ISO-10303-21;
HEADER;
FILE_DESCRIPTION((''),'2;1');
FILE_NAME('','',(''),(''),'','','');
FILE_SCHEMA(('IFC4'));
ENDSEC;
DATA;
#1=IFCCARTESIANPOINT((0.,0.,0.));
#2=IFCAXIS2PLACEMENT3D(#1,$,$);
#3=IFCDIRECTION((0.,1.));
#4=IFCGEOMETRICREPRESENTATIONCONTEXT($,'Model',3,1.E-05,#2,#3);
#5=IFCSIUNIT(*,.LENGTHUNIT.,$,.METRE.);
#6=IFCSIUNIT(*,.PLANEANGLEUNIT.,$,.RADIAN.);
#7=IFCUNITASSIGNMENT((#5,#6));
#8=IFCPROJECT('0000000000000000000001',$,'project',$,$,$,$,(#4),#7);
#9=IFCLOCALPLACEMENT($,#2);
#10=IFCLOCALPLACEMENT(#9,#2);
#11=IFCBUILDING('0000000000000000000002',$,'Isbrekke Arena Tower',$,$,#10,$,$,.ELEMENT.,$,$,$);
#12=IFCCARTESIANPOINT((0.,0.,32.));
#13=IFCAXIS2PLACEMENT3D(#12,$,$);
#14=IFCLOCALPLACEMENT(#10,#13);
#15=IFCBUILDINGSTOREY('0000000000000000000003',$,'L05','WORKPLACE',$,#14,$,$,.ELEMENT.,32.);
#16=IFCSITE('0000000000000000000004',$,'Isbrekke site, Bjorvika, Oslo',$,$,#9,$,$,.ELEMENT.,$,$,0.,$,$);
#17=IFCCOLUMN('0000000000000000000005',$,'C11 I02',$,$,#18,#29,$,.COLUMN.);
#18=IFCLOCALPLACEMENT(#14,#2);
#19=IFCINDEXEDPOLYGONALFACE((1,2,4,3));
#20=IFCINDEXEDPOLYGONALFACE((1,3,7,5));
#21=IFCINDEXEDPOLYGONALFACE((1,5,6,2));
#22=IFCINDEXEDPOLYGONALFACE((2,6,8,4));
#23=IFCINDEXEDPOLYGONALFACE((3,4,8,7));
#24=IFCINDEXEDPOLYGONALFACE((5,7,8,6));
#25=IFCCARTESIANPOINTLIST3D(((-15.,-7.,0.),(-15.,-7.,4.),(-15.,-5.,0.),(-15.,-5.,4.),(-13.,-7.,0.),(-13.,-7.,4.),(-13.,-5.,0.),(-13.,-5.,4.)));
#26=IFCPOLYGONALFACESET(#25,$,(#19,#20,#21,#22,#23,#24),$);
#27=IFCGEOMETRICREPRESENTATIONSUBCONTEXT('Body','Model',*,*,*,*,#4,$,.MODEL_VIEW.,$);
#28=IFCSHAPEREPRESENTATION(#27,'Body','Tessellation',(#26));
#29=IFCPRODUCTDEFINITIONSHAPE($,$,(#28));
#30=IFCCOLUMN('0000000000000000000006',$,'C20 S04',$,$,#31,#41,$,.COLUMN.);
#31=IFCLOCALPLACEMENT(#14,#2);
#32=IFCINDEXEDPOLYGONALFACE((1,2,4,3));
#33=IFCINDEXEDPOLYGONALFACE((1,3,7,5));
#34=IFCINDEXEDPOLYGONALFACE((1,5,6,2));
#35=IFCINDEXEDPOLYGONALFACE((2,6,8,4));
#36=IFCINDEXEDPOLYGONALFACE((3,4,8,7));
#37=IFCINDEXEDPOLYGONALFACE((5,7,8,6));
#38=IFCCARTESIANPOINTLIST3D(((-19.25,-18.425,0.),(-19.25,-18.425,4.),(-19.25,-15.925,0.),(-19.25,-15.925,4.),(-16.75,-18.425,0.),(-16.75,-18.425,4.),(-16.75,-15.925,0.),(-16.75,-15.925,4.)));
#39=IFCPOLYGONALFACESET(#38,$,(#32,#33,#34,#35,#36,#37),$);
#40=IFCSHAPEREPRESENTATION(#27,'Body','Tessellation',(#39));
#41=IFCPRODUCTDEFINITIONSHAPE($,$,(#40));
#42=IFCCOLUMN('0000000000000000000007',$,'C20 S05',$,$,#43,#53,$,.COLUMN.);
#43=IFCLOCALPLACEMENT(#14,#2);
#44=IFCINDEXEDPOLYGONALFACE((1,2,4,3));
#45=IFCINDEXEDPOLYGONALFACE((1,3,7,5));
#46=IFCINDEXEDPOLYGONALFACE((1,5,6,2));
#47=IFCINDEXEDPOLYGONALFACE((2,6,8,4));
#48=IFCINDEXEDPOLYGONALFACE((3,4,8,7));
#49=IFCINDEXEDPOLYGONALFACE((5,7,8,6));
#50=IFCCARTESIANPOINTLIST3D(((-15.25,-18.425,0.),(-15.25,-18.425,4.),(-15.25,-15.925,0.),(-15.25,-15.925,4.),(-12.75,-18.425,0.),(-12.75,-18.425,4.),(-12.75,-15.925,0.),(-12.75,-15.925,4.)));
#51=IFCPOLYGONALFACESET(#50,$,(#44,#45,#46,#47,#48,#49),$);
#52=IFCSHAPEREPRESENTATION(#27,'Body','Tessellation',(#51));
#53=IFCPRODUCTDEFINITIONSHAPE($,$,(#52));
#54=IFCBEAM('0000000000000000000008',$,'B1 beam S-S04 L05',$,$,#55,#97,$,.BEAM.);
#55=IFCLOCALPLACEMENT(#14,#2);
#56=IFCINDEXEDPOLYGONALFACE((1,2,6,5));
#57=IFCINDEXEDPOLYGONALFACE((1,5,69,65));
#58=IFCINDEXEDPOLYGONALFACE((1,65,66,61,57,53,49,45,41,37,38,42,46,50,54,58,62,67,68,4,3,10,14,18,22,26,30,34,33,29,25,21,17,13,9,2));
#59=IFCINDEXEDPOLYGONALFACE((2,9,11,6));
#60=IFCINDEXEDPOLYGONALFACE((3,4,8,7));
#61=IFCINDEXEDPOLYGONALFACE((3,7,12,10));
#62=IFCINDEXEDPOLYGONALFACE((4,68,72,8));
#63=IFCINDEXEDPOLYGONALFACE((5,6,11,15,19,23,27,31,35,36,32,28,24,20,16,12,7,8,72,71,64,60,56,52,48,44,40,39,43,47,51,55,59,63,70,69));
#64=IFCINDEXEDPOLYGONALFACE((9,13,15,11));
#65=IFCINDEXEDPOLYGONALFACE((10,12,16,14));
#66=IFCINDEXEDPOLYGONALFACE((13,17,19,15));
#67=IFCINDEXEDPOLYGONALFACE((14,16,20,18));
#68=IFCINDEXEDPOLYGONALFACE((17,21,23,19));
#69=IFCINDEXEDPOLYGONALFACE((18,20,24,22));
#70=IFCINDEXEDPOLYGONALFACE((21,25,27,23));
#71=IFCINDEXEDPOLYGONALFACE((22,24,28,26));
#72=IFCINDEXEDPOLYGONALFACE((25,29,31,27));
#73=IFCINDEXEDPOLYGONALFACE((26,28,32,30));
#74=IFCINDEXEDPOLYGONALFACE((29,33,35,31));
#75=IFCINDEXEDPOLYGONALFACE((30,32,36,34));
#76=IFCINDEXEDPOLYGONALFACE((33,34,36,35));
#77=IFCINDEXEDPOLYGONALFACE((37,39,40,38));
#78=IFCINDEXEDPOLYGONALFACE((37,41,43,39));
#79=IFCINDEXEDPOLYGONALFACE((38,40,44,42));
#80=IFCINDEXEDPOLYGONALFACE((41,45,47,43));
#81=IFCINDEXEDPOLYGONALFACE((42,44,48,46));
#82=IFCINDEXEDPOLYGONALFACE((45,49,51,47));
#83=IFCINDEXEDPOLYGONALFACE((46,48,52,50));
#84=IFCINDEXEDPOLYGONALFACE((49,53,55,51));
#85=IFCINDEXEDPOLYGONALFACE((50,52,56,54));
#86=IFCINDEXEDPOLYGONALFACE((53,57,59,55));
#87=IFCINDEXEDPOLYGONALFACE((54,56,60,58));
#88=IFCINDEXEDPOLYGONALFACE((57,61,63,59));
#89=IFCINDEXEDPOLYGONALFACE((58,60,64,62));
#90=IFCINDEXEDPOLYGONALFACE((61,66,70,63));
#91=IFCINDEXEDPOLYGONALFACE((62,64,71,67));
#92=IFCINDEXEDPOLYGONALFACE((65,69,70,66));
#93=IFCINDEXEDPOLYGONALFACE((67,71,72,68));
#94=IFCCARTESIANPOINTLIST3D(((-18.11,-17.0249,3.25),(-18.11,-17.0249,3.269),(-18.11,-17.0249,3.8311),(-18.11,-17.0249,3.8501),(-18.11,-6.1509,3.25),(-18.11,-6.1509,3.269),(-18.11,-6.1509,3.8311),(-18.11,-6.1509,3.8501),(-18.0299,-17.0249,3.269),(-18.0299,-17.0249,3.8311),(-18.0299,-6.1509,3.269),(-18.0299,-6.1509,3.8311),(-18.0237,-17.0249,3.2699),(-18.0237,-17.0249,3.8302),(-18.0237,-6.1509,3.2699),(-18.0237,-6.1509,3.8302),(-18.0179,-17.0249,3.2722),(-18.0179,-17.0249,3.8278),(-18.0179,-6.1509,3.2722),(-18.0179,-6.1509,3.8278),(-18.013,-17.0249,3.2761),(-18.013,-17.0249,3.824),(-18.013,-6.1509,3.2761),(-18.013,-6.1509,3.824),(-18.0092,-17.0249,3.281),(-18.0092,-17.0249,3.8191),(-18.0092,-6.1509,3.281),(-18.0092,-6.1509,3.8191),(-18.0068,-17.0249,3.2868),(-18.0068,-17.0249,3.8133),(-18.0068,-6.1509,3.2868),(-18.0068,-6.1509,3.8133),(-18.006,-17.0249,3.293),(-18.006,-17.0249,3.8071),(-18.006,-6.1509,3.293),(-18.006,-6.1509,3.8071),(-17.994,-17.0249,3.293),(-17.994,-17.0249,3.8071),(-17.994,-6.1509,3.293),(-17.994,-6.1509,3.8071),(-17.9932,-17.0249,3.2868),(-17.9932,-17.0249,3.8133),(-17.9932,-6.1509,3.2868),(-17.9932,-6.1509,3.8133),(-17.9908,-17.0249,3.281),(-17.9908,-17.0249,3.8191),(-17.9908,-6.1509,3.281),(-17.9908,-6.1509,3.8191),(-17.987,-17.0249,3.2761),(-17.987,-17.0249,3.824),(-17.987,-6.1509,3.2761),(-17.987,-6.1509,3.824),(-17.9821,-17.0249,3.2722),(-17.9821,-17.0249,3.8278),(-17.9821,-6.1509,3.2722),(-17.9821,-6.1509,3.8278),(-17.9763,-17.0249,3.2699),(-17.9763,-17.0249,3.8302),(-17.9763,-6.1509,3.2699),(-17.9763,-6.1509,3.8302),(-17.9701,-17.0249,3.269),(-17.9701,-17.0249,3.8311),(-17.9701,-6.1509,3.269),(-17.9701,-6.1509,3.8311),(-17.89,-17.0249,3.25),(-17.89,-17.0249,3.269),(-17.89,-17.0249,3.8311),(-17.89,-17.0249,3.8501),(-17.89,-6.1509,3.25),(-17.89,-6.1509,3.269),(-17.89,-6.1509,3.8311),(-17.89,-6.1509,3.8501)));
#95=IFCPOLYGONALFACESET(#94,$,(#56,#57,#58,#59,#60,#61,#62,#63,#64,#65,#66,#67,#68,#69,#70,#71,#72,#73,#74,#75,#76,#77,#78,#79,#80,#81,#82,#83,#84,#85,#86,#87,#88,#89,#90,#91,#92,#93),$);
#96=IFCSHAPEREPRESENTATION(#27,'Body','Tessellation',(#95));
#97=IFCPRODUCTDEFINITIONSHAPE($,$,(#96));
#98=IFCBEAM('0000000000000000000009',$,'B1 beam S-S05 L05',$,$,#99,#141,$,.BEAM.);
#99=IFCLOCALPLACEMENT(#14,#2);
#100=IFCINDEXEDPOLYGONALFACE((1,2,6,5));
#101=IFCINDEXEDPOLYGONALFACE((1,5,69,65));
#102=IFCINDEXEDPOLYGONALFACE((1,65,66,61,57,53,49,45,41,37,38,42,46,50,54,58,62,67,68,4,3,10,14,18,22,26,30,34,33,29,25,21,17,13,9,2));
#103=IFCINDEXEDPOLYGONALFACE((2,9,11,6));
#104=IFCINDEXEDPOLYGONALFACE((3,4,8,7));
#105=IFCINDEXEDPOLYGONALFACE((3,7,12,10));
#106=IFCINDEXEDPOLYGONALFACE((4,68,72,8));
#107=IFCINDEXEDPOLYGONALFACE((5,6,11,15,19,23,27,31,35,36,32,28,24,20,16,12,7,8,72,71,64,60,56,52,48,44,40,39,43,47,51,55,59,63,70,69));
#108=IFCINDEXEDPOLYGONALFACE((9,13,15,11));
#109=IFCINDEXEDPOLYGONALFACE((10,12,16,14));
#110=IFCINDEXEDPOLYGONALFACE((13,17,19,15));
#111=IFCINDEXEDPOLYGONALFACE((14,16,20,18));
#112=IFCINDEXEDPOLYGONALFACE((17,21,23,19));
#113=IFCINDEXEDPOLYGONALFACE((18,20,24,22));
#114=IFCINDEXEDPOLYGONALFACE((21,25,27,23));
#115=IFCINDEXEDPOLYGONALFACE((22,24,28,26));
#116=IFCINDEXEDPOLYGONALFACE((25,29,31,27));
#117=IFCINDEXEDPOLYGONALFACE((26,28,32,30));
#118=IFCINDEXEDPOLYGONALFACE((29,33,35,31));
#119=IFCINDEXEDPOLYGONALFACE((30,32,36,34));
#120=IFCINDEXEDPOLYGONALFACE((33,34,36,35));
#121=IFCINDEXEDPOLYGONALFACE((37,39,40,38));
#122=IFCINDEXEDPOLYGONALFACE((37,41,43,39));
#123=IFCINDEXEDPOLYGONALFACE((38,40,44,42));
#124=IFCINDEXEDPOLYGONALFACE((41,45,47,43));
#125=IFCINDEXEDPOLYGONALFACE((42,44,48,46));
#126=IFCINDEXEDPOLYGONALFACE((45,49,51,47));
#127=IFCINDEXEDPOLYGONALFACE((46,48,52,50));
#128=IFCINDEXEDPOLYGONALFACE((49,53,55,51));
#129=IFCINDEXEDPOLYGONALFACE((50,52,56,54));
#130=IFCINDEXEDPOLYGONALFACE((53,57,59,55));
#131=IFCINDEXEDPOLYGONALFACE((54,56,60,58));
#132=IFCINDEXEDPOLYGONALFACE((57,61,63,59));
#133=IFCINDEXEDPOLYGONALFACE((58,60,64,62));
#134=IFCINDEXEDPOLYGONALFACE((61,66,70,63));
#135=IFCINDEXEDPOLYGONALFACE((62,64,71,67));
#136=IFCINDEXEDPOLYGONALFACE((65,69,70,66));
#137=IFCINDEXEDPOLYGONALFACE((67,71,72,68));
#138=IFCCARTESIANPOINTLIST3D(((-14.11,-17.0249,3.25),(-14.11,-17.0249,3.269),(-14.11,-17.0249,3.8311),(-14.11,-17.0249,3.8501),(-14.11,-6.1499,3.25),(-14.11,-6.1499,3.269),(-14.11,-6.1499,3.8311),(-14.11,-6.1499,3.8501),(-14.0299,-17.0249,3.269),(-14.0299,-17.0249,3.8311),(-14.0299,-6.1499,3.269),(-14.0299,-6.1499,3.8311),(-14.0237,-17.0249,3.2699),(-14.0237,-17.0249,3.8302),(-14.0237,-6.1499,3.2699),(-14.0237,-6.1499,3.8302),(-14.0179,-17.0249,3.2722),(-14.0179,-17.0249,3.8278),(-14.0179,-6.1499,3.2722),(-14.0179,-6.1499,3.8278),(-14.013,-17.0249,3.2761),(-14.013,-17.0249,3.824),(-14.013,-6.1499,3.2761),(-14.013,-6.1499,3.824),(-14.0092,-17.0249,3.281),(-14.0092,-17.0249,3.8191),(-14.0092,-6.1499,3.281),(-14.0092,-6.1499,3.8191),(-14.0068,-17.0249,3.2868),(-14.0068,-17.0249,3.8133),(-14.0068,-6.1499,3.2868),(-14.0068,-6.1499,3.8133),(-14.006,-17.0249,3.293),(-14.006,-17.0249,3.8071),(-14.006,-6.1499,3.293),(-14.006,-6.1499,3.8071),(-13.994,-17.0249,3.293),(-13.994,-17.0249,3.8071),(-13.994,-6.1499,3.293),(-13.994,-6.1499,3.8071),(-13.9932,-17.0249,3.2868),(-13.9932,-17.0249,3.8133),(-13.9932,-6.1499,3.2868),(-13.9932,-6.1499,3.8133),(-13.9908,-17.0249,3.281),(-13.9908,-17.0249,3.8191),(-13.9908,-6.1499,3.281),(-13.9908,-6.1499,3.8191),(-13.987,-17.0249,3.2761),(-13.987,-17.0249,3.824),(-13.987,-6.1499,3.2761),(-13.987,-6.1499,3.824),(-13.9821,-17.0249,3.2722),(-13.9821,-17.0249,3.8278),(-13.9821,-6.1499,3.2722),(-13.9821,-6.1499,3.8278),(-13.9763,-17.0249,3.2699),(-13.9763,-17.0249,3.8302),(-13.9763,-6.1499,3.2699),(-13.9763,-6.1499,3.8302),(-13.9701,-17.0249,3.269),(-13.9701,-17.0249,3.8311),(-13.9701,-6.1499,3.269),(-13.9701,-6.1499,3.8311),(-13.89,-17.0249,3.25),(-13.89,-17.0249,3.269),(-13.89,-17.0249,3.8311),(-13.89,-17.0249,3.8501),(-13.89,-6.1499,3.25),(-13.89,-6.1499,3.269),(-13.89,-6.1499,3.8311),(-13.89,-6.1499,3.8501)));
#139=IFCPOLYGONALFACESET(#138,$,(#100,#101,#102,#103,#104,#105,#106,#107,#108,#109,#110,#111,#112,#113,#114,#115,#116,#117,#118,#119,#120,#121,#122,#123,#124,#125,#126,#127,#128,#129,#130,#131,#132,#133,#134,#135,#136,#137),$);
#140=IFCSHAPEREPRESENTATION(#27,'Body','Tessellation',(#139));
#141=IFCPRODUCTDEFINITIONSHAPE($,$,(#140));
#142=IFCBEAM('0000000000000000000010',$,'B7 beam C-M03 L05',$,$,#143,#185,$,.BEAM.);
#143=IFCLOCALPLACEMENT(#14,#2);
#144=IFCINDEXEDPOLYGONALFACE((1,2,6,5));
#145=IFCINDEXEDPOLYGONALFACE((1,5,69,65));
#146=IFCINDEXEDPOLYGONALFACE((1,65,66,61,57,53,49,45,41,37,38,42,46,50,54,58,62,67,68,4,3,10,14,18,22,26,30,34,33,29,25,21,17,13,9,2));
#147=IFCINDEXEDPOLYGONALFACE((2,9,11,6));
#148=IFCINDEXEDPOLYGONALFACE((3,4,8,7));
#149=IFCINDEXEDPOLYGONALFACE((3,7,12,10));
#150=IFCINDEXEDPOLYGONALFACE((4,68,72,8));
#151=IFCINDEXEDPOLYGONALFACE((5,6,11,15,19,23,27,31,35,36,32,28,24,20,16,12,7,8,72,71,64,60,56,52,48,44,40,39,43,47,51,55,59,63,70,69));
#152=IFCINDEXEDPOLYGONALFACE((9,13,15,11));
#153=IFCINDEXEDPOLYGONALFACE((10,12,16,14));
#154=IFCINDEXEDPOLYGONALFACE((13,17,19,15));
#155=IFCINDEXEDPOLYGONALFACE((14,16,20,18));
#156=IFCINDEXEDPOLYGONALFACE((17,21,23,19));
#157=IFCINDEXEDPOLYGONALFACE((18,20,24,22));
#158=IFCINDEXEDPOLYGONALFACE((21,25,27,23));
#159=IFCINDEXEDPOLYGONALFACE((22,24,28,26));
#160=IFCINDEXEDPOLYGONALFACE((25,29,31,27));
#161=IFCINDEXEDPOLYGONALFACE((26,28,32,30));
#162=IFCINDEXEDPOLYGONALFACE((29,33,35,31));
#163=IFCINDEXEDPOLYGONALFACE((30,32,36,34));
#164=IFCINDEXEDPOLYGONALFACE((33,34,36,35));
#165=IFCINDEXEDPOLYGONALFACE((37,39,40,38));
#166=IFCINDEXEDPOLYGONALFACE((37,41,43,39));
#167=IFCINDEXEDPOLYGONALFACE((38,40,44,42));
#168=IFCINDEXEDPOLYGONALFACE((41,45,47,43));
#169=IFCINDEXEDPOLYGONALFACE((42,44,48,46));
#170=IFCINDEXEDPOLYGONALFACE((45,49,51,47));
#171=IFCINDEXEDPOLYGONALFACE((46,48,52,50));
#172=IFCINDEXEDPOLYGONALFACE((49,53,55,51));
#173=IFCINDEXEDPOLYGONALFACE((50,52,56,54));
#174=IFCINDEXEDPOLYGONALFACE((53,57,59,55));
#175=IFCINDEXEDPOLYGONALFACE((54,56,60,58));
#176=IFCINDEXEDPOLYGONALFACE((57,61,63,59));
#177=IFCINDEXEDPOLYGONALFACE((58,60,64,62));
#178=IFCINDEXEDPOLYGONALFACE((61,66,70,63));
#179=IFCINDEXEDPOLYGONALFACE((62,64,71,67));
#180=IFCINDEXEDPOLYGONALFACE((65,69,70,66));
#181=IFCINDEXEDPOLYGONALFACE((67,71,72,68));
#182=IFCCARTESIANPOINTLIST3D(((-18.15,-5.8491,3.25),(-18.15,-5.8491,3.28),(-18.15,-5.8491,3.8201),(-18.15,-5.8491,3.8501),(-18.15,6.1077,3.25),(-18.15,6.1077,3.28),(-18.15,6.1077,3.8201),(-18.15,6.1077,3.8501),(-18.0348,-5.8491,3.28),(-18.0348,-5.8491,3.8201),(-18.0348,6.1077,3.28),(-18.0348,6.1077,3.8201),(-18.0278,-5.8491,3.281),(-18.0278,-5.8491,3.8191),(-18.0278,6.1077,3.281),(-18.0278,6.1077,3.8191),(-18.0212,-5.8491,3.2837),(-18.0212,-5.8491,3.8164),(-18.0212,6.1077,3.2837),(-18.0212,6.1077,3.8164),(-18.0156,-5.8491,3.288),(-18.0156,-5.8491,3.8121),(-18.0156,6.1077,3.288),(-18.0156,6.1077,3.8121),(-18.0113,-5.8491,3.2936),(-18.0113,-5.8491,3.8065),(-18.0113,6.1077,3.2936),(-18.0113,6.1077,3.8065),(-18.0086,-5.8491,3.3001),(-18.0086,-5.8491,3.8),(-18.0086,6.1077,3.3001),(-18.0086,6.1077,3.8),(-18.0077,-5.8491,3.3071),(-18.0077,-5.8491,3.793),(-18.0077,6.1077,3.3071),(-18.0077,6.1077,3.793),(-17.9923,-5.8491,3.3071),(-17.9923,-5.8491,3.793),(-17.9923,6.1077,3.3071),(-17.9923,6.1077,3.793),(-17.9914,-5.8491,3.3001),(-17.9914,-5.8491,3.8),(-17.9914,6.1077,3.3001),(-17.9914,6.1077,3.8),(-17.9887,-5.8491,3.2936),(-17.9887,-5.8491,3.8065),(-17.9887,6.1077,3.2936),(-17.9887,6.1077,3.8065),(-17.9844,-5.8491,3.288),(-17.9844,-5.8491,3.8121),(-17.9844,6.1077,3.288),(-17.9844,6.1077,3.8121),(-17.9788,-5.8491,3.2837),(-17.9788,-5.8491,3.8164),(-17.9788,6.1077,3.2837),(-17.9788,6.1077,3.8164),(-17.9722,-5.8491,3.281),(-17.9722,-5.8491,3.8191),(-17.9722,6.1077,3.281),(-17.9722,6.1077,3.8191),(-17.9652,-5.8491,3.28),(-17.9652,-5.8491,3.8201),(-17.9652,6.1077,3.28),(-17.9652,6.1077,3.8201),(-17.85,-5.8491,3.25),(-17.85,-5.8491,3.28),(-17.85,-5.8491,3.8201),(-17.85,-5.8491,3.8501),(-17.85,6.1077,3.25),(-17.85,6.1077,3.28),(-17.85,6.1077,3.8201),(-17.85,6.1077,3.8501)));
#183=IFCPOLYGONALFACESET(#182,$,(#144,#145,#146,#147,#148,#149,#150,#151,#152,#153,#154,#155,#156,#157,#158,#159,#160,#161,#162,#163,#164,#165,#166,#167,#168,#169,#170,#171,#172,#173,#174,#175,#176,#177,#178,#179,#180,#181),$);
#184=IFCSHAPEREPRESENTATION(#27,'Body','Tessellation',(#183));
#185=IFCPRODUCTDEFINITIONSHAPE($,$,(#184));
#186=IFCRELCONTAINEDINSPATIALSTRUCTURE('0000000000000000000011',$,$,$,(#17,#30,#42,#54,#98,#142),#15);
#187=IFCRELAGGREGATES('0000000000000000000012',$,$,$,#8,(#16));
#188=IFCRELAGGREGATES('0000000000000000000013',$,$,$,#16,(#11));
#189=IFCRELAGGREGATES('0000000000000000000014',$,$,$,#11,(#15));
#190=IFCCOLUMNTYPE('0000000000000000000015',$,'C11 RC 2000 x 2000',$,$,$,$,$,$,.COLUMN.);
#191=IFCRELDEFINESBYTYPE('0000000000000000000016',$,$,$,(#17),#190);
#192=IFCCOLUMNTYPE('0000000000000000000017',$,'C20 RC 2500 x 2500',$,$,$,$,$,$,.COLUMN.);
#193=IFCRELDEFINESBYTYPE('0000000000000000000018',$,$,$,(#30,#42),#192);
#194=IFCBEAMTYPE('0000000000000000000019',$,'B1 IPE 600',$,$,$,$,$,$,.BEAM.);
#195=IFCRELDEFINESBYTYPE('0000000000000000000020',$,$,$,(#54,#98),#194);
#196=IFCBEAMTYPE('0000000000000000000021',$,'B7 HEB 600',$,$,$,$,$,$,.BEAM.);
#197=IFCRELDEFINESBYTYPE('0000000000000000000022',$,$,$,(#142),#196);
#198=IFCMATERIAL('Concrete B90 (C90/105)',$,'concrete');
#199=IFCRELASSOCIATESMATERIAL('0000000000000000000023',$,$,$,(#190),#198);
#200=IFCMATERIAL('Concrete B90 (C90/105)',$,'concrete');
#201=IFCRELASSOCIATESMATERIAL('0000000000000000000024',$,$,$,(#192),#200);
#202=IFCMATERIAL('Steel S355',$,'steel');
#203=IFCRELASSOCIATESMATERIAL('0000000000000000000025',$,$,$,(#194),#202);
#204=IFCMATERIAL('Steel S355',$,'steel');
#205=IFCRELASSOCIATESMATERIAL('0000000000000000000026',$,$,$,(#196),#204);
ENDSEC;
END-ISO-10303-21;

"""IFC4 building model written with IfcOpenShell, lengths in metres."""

from ifc_helpers import new_model, si_unit, direction, frame, origin, origin_2d, place, context, subcontext, project, spatial, rectangle, i_section, extrude, material, material_profile, profile_set, type_object, element, save


model = new_model("IFC4")

# Units and contexts
model_context = context("Model", 3, precision=1e-05, world=origin(), true_north=direction((0.0, 1.0)))
body_context = subcontext(model_context, "Body", "Model", "MODEL_VIEW")
ifc_project = project(units=[si_unit("LENGTHUNIT", "METRE"), si_unit("PLANEANGLEUNIT", "RADIAN")], contexts=[model_context])

# Site, building, storey
site_placement = place(None, origin())
site = spatial("IfcSite", under=ifc_project, at=site_placement, Name="Isbrekke site, Bjorvika, Oslo", CompositionType="ELEMENT", RefElevation=0.0)
building_placement = place(site_placement, origin())
building = spatial("IfcBuilding", under=site, at=building_placement, Name="Isbrekke Arena Tower", CompositionType="ELEMENT")
storey_placement = place(building_placement, frame((0.0, 0.0, 32.0)))
storey = spatial("IfcBuildingStorey", under=building, at=storey_placement, Name="L05", Description="WORKPLACE", CompositionType="ELEMENT", Elevation=32.0)

# Columns
ifc_material_1 = material(Name="Concrete B90 (C90/105)", Category="concrete")
ifc_material_profile_1 = material_profile(ifc_material_1, rectangle(XDim=2.0, YDim=2.0, at=origin_2d()), Name="RC 2000x2000")
ifc_profile_set_1 = profile_set([ifc_material_profile_1], Name="Concrete B90 (C90/105)")
column_type_1 = type_object("IfcColumnType", Name="C11 RC 2000 x 2000", PredefinedType="COLUMN", material=ifc_profile_set_1)
column_placement = place(storey_placement, frame((-14.0, -6.0, 0.0), z_axis=(0.0, 0.0, 1.0), x_axis=(1.0, 0.0, 0.0)))
element("IfcColumn", 1, at=column_placement, inside=storey, type_object=column_type_1, Name="C11 I02", PredefinedType="COLUMN", context=body_context, shape_type="SweptSolid", body=[
    extrude(rectangle(XDim=2.0, YDim=2.0, at=origin_2d()), origin(), (0.0, 0.0, 1.0), 4.0),
])
ifc_material_2 = material(Name="Concrete B90 (C90/105)", Category="concrete")
ifc_material_profile_2 = material_profile(ifc_material_2, rectangle(XDim=2.5, YDim=2.5, at=origin_2d()), Name="RC 2500x2500")
ifc_profile_set_2 = profile_set([ifc_material_profile_2], Name="Concrete B90 (C90/105)")
column_type_2 = type_object("IfcColumnType", Name="C20 RC 2500 x 2500", PredefinedType="COLUMN", material=ifc_profile_set_2)
for number, where, z_axis, x_axis, name in (
    (2, (-18.0, -17.175, 0.0), (0.0, 0.0, 1.0), (1.0, 0.0, 0.0), "C20 S04"),
    (3, (-14.0, -17.175, 0.0), (0.0, 0.0, 1.0), (1.0, 0.0, 0.0), "C20 S05"),
):
    element("IfcColumn", number, at=place(storey_placement, frame(where, z_axis=z_axis, x_axis=x_axis)), inside=storey, type_object=column_type_2, Name=name, PredefinedType="COLUMN", context=body_context, shape_type="SweptSolid", body=[
        extrude(rectangle(XDim=2.5, YDim=2.5, at=origin_2d()), origin(), (0.0, 0.0, 1.0), 4.0),
    ])

# Beams
ifc_material_3 = material(Name="Steel S355", Category="steel")
ifc_material_profile_3 = material_profile(ifc_material_3, i_section(OverallWidth=0.22, OverallDepth=0.6001, WebThickness=0.012, FlangeThickness=0.019, FilletRadius=0.0239, at=origin_2d()), Name="IPE 600")
ifc_profile_set_3 = profile_set([ifc_material_profile_3], Name="Steel S355")
beam_type_1 = type_object("IfcBeamType", Name="B1 IPE 600", PredefinedType="BEAM", material=ifc_profile_set_3)
beam_1_placement = place(storey_placement, frame((-18.0, -17.0249, 3.55), z_axis=(0.0, 1.0, 0.0), x_axis=(-1.0, 0.0, 0.0)))
element("IfcBeam", 4, at=beam_1_placement, inside=storey, type_object=beam_type_1, Name="B1 beam S-S04 L05", PredefinedType="BEAM", context=body_context, shape_type="SweptSolid", body=[
    extrude(i_section(OverallWidth=0.22, OverallDepth=0.6001, WebThickness=0.012, FlangeThickness=0.019, FilletRadius=0.0239, at=origin_2d()), origin(), (0.0, 0.0, 1.0), 10.874),
])
beam_2_placement = place(storey_placement, frame((-14.0, -17.0249, 3.55), z_axis=(0.0, 1.0, 0.0), x_axis=(-1.0, 0.0, 0.0)))
element("IfcBeam", 5, at=beam_2_placement, inside=storey, type_object=beam_type_1, Name="B1 beam S-S05 L05", PredefinedType="BEAM", context=body_context, shape_type="SweptSolid", body=[
    extrude(i_section(OverallWidth=0.22, OverallDepth=0.6001, WebThickness=0.012, FlangeThickness=0.019, FilletRadius=0.0239, at=origin_2d()), origin(), (0.0, 0.0, 1.0), 10.875),
])
ifc_material_4 = material(Name="Steel S355", Category="steel")
ifc_material_profile_4 = material_profile(ifc_material_4, i_section(OverallWidth=0.3, OverallDepth=0.6001, WebThickness=0.0154, FlangeThickness=0.03, FilletRadius=0.0271, at=origin_2d()), Name="HEB 600")
ifc_profile_set_4 = profile_set([ifc_material_profile_4], Name="Steel S355")
beam_type_2 = type_object("IfcBeamType", Name="B7 HEB 600", PredefinedType="BEAM", material=ifc_profile_set_4)
beam_3_placement = place(storey_placement, frame((-18.0, -5.8491, 3.55), z_axis=(0.0, 1.0, 0.0), x_axis=(-1.0, 0.0, 0.0)))
element("IfcBeam", 6, at=beam_3_placement, inside=storey, type_object=beam_type_2, Name="B7 beam C-M03 L05", PredefinedType="BEAM", context=body_context, shape_type="SweptSolid", body=[
    extrude(i_section(OverallWidth=0.3, OverallDepth=0.6001, WebThickness=0.0154, FlangeThickness=0.03, FilletRadius=0.0271, at=origin_2d()), origin(), (0.0, 0.0, 1.0), 11.9568),
])

save(model, "model.ifc")
